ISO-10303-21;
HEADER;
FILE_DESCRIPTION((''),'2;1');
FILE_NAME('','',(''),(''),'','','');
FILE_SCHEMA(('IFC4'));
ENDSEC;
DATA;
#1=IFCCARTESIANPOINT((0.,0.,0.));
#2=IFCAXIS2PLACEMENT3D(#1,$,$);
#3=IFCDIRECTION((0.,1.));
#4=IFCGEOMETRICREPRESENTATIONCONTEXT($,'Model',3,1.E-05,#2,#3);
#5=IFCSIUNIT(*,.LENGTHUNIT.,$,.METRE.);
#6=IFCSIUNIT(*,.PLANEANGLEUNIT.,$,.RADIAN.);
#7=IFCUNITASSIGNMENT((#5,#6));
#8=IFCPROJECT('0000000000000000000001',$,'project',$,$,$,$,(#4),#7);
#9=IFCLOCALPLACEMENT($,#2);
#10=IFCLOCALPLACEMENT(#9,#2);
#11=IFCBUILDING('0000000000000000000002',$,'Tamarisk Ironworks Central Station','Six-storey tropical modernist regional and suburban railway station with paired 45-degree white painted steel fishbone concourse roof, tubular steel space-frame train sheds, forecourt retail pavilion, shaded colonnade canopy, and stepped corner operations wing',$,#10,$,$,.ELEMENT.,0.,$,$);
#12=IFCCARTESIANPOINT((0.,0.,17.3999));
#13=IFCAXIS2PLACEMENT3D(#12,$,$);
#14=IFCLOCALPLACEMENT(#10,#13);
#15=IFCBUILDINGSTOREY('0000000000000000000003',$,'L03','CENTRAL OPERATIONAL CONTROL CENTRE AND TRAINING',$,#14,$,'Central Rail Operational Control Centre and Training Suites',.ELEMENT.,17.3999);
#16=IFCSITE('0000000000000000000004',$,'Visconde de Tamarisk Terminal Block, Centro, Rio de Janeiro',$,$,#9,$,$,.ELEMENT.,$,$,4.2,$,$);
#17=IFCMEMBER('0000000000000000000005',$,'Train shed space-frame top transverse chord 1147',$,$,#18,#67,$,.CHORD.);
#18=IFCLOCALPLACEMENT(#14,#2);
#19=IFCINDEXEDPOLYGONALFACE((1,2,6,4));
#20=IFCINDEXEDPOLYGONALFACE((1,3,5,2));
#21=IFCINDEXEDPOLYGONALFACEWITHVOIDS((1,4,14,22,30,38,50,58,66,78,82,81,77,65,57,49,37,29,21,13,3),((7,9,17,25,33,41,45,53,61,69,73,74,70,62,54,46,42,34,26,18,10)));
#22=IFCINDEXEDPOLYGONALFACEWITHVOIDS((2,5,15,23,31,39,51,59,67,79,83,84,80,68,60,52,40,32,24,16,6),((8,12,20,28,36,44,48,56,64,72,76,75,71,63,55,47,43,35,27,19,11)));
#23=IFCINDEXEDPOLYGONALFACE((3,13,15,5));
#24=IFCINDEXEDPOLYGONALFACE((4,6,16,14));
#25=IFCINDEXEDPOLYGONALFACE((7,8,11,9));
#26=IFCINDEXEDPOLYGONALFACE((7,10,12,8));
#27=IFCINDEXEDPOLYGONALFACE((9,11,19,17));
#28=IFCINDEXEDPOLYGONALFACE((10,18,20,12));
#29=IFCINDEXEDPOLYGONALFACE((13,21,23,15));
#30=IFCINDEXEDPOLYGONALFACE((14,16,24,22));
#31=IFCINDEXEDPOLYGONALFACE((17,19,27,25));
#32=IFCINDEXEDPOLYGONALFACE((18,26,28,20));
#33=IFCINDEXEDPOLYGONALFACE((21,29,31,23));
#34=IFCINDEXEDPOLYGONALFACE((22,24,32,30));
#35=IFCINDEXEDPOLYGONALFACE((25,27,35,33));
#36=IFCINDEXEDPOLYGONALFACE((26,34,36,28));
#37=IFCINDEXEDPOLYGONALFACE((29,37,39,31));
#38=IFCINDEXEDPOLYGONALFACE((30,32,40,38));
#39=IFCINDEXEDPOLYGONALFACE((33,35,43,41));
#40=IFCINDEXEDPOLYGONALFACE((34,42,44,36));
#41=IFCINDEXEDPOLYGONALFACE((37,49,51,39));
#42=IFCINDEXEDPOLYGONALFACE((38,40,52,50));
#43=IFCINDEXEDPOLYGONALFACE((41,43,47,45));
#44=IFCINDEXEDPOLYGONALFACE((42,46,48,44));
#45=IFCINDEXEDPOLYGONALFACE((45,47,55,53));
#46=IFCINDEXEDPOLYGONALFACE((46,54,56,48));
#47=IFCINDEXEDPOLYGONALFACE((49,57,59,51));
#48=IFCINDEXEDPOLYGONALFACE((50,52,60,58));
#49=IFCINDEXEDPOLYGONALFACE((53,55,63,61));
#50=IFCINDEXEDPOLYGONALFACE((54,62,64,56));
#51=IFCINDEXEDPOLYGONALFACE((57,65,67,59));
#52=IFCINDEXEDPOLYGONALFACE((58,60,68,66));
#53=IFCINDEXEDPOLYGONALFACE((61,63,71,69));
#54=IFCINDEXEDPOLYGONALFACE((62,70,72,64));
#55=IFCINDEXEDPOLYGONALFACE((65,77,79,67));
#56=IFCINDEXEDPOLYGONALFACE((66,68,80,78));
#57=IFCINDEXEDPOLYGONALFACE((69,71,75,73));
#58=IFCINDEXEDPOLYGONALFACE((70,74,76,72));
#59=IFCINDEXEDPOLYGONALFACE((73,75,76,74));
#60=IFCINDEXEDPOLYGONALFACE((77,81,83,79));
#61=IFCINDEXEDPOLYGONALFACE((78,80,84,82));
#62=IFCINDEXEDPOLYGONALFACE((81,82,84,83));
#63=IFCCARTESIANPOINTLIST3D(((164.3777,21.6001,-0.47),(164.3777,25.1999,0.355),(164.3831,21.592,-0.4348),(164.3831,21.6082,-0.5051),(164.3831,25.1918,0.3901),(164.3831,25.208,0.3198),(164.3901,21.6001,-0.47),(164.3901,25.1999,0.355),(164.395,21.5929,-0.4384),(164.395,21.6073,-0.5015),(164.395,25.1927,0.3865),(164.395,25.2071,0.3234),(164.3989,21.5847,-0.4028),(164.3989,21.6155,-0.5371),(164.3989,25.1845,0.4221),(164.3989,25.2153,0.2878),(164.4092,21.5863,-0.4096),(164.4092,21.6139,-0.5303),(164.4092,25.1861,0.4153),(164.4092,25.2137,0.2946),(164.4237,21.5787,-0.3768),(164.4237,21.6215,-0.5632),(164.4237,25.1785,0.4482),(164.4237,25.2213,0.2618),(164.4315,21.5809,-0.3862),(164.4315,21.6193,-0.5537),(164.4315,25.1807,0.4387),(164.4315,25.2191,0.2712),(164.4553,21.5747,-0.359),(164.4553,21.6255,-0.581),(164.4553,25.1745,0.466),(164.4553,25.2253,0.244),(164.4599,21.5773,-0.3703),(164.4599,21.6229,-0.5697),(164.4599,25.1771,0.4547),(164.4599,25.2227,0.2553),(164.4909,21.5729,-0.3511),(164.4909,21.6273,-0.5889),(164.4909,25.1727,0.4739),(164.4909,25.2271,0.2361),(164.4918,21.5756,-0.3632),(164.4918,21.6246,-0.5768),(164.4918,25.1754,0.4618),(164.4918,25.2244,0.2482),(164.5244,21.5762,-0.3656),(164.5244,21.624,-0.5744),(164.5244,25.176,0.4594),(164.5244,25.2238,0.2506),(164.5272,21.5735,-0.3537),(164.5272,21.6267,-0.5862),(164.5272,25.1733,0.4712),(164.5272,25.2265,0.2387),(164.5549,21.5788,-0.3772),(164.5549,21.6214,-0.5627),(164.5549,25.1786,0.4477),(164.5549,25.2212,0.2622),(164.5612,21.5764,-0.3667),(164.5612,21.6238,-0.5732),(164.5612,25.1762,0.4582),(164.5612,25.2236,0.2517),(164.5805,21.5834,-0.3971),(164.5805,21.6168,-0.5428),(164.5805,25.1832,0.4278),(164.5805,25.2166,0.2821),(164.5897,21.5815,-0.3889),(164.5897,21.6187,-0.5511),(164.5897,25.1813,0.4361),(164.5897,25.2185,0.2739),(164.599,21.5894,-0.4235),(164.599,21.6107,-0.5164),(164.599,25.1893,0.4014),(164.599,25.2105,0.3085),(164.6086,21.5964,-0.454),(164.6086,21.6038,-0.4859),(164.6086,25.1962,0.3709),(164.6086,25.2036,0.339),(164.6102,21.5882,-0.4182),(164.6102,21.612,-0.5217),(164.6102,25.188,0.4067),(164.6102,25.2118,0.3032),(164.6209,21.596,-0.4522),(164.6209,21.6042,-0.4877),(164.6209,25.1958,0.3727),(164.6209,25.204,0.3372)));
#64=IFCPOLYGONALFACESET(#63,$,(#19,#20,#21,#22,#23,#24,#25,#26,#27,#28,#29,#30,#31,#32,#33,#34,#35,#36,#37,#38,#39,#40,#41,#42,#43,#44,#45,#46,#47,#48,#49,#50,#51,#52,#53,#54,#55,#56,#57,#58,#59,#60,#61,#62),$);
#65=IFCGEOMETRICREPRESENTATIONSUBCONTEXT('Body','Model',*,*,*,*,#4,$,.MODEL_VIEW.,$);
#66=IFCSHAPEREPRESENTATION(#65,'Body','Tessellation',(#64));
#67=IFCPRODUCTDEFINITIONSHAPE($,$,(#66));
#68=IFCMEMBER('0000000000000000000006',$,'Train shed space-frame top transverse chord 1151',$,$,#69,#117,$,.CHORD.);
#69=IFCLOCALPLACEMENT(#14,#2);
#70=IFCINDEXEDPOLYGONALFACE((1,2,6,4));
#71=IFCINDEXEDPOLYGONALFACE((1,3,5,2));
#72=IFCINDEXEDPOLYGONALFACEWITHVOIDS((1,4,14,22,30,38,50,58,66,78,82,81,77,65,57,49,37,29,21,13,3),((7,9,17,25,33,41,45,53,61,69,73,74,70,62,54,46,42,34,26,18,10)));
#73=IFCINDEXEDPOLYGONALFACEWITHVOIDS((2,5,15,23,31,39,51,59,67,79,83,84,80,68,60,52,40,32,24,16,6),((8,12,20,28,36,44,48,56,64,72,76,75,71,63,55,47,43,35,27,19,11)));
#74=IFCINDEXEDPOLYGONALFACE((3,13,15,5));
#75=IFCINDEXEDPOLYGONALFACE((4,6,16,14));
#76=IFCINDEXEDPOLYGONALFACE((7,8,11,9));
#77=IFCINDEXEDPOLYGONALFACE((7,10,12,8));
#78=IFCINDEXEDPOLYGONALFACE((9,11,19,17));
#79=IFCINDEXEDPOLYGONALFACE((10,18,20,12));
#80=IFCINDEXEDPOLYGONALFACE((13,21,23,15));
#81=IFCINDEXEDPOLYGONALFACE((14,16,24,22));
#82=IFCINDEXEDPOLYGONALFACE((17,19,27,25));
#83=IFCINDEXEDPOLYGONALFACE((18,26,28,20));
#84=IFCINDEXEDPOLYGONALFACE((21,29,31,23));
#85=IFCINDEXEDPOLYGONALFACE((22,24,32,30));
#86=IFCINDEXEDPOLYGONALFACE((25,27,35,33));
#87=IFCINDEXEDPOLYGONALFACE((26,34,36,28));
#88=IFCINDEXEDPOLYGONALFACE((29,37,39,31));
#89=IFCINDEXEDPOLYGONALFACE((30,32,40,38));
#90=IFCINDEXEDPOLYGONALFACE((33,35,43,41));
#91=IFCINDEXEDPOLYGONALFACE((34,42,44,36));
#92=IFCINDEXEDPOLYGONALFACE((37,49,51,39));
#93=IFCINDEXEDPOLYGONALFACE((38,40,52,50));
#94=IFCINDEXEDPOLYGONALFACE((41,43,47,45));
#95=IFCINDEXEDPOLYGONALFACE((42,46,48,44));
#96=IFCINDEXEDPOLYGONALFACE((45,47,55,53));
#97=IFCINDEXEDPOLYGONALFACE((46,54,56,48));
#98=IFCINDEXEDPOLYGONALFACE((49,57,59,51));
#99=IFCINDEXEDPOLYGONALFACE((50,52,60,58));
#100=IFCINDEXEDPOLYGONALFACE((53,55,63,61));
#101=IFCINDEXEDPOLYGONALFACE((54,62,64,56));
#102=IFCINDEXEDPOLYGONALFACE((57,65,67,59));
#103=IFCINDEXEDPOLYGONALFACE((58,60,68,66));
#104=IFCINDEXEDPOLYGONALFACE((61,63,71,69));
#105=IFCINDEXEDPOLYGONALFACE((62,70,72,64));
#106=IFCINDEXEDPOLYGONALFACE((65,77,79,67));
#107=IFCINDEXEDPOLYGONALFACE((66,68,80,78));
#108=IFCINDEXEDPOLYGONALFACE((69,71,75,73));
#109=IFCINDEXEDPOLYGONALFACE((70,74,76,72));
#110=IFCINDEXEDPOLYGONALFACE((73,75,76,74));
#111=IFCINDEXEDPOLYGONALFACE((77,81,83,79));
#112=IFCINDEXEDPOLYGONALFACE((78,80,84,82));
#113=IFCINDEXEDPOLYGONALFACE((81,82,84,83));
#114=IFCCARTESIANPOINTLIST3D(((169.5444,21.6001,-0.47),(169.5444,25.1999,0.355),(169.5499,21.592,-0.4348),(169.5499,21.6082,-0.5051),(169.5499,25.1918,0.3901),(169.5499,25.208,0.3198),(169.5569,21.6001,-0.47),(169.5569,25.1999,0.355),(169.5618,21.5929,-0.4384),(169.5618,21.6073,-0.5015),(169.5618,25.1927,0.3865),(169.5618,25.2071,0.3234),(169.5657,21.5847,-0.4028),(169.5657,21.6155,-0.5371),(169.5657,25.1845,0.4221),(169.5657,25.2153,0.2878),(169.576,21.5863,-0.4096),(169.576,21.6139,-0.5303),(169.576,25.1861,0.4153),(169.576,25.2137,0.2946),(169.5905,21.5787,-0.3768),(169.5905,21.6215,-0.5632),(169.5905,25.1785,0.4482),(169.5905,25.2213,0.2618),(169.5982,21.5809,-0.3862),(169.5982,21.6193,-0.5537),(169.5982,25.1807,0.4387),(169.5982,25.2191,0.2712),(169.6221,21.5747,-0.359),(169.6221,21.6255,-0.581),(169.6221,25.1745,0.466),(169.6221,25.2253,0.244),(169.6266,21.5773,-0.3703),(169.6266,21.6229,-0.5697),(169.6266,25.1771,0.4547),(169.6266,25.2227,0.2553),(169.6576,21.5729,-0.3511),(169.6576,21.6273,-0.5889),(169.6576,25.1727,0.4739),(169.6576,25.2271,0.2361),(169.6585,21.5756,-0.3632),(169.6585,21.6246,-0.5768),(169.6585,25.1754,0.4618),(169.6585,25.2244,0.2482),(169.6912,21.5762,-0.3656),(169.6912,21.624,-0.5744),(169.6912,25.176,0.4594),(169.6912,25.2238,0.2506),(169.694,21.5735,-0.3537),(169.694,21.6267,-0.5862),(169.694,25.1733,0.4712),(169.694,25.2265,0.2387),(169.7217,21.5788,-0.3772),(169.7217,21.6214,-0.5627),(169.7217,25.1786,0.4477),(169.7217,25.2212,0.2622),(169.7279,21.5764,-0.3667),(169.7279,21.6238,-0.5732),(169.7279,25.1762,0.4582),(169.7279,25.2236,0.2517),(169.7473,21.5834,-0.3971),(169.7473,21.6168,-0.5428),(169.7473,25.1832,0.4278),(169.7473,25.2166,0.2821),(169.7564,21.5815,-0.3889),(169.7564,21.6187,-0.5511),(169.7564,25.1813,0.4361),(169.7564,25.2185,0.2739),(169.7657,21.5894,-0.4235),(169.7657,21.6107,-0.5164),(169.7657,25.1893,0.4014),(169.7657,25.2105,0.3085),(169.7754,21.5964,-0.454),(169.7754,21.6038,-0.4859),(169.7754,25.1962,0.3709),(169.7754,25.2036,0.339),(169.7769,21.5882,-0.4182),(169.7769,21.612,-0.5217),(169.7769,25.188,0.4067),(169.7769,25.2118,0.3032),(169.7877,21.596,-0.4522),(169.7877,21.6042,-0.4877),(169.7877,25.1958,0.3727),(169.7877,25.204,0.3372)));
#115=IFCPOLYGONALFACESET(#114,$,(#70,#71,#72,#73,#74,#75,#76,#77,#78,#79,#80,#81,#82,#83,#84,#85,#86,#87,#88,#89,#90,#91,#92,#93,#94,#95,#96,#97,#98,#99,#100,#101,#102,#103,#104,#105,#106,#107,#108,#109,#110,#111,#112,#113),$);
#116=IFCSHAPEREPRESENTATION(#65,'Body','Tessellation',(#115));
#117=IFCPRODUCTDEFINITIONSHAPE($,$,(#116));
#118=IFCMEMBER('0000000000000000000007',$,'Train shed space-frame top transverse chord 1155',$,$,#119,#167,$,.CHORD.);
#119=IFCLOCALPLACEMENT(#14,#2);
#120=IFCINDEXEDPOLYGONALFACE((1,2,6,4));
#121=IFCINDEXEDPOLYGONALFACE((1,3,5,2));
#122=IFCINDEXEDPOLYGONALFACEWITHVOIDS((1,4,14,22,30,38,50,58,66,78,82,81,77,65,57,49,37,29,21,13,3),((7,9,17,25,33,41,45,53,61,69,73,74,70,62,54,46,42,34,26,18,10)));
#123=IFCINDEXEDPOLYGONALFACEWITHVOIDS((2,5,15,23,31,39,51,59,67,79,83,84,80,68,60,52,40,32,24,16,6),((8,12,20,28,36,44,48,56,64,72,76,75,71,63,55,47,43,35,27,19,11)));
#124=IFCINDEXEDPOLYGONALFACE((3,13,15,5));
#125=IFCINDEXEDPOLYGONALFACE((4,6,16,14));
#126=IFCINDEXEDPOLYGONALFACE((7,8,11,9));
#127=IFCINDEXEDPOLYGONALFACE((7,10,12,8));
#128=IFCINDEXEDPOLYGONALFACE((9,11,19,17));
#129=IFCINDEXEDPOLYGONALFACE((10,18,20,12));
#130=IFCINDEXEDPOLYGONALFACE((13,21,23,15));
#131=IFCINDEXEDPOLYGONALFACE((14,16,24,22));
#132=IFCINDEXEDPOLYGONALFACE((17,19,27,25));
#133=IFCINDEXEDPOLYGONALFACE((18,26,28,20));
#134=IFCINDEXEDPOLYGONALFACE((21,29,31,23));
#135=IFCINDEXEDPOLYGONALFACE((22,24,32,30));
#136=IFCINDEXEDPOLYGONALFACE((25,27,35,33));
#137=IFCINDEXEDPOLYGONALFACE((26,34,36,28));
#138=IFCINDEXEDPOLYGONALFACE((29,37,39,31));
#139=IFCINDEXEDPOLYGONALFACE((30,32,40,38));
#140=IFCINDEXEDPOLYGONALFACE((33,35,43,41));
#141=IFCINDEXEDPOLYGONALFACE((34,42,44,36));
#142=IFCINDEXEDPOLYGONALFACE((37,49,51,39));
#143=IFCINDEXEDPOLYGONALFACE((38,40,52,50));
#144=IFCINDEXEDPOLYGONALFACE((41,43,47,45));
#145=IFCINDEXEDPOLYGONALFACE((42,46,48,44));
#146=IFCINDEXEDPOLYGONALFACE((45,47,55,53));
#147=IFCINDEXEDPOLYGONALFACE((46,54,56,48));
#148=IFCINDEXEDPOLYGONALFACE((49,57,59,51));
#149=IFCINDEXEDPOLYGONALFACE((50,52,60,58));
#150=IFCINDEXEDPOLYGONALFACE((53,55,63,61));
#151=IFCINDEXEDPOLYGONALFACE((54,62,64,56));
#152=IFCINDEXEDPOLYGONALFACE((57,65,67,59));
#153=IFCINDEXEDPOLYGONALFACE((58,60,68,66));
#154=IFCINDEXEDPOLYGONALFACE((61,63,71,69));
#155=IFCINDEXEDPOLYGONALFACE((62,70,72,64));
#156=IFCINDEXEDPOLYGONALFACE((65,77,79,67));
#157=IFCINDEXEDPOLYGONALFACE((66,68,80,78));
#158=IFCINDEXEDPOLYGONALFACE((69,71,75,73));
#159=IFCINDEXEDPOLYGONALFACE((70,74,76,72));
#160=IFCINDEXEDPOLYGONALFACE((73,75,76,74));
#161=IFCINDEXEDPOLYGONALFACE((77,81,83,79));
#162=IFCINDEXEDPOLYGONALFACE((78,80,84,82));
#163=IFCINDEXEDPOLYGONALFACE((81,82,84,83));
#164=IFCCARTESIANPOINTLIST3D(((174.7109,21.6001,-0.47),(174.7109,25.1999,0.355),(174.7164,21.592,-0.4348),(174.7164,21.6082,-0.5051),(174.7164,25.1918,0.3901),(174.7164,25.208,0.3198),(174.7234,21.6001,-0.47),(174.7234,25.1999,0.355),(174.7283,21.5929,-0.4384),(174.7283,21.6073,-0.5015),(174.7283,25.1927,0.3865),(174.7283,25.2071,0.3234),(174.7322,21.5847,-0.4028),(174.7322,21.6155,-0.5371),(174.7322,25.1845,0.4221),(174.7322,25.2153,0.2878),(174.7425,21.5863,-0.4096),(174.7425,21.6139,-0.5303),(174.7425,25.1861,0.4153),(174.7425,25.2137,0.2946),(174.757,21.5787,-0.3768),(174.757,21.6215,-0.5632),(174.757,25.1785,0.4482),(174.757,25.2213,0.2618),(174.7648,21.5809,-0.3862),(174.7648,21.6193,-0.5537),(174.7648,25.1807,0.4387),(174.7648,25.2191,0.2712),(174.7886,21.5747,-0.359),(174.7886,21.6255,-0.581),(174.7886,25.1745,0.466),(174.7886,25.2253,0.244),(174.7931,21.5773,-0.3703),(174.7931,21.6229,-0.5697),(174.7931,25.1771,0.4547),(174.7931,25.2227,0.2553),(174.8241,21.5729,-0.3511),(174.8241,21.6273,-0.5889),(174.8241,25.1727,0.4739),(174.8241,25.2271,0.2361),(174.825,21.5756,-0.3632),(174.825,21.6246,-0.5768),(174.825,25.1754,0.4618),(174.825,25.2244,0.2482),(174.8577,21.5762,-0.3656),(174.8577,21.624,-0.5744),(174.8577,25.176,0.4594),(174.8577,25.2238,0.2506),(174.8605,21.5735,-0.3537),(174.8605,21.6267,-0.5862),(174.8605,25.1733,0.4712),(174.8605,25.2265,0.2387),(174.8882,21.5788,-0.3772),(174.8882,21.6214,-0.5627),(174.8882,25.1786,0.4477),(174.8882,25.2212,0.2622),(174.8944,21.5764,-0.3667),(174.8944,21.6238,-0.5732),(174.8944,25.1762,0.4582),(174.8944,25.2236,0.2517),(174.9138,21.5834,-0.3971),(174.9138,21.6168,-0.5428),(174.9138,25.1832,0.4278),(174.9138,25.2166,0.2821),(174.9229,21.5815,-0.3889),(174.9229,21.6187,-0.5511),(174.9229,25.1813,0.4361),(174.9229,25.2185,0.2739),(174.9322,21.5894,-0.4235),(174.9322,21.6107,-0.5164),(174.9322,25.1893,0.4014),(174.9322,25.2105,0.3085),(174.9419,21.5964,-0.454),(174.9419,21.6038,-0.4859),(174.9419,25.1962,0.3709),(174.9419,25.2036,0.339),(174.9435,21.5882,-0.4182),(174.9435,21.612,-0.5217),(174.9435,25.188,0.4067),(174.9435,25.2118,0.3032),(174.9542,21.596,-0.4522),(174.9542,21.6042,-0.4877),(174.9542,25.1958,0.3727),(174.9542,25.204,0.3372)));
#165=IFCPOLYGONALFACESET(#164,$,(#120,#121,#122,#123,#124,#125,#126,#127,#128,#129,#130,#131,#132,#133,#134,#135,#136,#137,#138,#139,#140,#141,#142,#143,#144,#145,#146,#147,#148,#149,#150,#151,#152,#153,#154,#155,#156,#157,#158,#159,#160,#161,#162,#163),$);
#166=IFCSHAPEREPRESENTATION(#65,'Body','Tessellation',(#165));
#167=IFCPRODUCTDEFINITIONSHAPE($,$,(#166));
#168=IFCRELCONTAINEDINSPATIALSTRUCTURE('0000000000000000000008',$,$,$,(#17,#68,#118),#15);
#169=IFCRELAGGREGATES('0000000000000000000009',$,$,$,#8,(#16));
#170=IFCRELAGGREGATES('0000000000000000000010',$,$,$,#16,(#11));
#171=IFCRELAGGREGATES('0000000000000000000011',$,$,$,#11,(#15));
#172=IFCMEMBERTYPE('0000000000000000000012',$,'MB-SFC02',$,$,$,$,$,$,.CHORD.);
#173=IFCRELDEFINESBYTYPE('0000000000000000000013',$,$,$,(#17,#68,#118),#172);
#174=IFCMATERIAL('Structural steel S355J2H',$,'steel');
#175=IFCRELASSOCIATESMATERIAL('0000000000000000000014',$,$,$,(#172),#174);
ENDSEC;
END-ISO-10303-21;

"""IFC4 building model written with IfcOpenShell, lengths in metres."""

from ifc_helpers import new_model, si_unit, direction, frame, origin, origin_2d, place, context, subcontext, project, spatial, hollow_circle, extrude, material, material_profile, profile_set, type_object, element, save


model = new_model("IFC4")

# Units and contexts
model_context = context("Model", 3, precision=1e-05, world=origin(), true_north=direction((0.0, 1.0)))
body_context = subcontext(model_context, "Body", "Model", "MODEL_VIEW")
ifc_project = project(units=[si_unit("LENGTHUNIT", "METRE"), si_unit("PLANEANGLEUNIT", "RADIAN")], contexts=[model_context])

# Site, building, storey
site_placement = place(None, origin())
site = spatial("IfcSite", under=ifc_project, at=site_placement, Name="Visconde de Tamarisk Terminal Block, Centro, Rio de Janeiro", CompositionType="ELEMENT", RefElevation=4.2)
building_placement = place(site_placement, origin())
building = spatial("IfcBuilding", under=site, at=building_placement, Name="Tamarisk Ironworks Central Station", Description="Six-storey tropical modernist regional and suburban railway station with paired 45-degree white painted steel fishbone concourse roof, tubular steel space-frame train sheds, forecourt retail pavilion, shaded colonnade canopy, and stepped corner operations wing", CompositionType="ELEMENT", ElevationOfRefHeight=0.0)
storey_placement = place(building_placement, frame((0.0, 0.0, 17.3999)))
storey = spatial("IfcBuildingStorey", under=building, at=storey_placement, Name="L03", Description="CENTRAL OPERATIONAL CONTROL CENTRE AND TRAINING", LongName="Central Rail Operational Control Centre and Training Suites", CompositionType="ELEMENT", Elevation=17.3999)

# Members
ifc_material_1 = material(Name="Structural steel S355J2H", Category="steel")
ifc_material_profile_1 = material_profile(ifc_material_1, hollow_circle(Radius=0.1223, WallThickness=0.0125, at=origin_2d()), Name="CHS 244.5x12.5")
ifc_profile_set_1 = profile_set([ifc_material_profile_1], Name="Structural steel S355J2H")
member_type_1 = type_object("IfcMemberType", Name="MB-SFC02", PredefinedType="CHORD", material=ifc_profile_set_1)
for number, where, z_axis, x_axis, name in (
    (1, (164.5, 21.6001, -0.47), (0.0, 0.974733, 0.223372), (-1.0, 0.0, 0.0), "Train shed space-frame top transverse chord 1147"),
    (2, (169.6667, 21.6001, -0.47), (0.0, 0.974733, 0.223372), (-1.0, 0.0, 0.0), "Train shed space-frame top transverse chord 1151"),
    (3, (174.8333, 21.6001, -0.47), (0.0, 0.974733, 0.223372), (-1.0, 0.0, 0.0), "Train shed space-frame top transverse chord 1155"),
):
    element("IfcMember", number, at=place(storey_placement, frame(where, z_axis=z_axis, x_axis=x_axis)), inside=storey, type_object=member_type_1, Name=name, PredefinedType="CHORD", context=body_context, shape_type="SweptSolid", body=[
        extrude(hollow_circle(Radius=0.1223, WallThickness=0.0125, at=origin_2d()), origin(), (0.0, 0.0, 1.0), 3.6931),
    ])

save(model, "model.ifc")
